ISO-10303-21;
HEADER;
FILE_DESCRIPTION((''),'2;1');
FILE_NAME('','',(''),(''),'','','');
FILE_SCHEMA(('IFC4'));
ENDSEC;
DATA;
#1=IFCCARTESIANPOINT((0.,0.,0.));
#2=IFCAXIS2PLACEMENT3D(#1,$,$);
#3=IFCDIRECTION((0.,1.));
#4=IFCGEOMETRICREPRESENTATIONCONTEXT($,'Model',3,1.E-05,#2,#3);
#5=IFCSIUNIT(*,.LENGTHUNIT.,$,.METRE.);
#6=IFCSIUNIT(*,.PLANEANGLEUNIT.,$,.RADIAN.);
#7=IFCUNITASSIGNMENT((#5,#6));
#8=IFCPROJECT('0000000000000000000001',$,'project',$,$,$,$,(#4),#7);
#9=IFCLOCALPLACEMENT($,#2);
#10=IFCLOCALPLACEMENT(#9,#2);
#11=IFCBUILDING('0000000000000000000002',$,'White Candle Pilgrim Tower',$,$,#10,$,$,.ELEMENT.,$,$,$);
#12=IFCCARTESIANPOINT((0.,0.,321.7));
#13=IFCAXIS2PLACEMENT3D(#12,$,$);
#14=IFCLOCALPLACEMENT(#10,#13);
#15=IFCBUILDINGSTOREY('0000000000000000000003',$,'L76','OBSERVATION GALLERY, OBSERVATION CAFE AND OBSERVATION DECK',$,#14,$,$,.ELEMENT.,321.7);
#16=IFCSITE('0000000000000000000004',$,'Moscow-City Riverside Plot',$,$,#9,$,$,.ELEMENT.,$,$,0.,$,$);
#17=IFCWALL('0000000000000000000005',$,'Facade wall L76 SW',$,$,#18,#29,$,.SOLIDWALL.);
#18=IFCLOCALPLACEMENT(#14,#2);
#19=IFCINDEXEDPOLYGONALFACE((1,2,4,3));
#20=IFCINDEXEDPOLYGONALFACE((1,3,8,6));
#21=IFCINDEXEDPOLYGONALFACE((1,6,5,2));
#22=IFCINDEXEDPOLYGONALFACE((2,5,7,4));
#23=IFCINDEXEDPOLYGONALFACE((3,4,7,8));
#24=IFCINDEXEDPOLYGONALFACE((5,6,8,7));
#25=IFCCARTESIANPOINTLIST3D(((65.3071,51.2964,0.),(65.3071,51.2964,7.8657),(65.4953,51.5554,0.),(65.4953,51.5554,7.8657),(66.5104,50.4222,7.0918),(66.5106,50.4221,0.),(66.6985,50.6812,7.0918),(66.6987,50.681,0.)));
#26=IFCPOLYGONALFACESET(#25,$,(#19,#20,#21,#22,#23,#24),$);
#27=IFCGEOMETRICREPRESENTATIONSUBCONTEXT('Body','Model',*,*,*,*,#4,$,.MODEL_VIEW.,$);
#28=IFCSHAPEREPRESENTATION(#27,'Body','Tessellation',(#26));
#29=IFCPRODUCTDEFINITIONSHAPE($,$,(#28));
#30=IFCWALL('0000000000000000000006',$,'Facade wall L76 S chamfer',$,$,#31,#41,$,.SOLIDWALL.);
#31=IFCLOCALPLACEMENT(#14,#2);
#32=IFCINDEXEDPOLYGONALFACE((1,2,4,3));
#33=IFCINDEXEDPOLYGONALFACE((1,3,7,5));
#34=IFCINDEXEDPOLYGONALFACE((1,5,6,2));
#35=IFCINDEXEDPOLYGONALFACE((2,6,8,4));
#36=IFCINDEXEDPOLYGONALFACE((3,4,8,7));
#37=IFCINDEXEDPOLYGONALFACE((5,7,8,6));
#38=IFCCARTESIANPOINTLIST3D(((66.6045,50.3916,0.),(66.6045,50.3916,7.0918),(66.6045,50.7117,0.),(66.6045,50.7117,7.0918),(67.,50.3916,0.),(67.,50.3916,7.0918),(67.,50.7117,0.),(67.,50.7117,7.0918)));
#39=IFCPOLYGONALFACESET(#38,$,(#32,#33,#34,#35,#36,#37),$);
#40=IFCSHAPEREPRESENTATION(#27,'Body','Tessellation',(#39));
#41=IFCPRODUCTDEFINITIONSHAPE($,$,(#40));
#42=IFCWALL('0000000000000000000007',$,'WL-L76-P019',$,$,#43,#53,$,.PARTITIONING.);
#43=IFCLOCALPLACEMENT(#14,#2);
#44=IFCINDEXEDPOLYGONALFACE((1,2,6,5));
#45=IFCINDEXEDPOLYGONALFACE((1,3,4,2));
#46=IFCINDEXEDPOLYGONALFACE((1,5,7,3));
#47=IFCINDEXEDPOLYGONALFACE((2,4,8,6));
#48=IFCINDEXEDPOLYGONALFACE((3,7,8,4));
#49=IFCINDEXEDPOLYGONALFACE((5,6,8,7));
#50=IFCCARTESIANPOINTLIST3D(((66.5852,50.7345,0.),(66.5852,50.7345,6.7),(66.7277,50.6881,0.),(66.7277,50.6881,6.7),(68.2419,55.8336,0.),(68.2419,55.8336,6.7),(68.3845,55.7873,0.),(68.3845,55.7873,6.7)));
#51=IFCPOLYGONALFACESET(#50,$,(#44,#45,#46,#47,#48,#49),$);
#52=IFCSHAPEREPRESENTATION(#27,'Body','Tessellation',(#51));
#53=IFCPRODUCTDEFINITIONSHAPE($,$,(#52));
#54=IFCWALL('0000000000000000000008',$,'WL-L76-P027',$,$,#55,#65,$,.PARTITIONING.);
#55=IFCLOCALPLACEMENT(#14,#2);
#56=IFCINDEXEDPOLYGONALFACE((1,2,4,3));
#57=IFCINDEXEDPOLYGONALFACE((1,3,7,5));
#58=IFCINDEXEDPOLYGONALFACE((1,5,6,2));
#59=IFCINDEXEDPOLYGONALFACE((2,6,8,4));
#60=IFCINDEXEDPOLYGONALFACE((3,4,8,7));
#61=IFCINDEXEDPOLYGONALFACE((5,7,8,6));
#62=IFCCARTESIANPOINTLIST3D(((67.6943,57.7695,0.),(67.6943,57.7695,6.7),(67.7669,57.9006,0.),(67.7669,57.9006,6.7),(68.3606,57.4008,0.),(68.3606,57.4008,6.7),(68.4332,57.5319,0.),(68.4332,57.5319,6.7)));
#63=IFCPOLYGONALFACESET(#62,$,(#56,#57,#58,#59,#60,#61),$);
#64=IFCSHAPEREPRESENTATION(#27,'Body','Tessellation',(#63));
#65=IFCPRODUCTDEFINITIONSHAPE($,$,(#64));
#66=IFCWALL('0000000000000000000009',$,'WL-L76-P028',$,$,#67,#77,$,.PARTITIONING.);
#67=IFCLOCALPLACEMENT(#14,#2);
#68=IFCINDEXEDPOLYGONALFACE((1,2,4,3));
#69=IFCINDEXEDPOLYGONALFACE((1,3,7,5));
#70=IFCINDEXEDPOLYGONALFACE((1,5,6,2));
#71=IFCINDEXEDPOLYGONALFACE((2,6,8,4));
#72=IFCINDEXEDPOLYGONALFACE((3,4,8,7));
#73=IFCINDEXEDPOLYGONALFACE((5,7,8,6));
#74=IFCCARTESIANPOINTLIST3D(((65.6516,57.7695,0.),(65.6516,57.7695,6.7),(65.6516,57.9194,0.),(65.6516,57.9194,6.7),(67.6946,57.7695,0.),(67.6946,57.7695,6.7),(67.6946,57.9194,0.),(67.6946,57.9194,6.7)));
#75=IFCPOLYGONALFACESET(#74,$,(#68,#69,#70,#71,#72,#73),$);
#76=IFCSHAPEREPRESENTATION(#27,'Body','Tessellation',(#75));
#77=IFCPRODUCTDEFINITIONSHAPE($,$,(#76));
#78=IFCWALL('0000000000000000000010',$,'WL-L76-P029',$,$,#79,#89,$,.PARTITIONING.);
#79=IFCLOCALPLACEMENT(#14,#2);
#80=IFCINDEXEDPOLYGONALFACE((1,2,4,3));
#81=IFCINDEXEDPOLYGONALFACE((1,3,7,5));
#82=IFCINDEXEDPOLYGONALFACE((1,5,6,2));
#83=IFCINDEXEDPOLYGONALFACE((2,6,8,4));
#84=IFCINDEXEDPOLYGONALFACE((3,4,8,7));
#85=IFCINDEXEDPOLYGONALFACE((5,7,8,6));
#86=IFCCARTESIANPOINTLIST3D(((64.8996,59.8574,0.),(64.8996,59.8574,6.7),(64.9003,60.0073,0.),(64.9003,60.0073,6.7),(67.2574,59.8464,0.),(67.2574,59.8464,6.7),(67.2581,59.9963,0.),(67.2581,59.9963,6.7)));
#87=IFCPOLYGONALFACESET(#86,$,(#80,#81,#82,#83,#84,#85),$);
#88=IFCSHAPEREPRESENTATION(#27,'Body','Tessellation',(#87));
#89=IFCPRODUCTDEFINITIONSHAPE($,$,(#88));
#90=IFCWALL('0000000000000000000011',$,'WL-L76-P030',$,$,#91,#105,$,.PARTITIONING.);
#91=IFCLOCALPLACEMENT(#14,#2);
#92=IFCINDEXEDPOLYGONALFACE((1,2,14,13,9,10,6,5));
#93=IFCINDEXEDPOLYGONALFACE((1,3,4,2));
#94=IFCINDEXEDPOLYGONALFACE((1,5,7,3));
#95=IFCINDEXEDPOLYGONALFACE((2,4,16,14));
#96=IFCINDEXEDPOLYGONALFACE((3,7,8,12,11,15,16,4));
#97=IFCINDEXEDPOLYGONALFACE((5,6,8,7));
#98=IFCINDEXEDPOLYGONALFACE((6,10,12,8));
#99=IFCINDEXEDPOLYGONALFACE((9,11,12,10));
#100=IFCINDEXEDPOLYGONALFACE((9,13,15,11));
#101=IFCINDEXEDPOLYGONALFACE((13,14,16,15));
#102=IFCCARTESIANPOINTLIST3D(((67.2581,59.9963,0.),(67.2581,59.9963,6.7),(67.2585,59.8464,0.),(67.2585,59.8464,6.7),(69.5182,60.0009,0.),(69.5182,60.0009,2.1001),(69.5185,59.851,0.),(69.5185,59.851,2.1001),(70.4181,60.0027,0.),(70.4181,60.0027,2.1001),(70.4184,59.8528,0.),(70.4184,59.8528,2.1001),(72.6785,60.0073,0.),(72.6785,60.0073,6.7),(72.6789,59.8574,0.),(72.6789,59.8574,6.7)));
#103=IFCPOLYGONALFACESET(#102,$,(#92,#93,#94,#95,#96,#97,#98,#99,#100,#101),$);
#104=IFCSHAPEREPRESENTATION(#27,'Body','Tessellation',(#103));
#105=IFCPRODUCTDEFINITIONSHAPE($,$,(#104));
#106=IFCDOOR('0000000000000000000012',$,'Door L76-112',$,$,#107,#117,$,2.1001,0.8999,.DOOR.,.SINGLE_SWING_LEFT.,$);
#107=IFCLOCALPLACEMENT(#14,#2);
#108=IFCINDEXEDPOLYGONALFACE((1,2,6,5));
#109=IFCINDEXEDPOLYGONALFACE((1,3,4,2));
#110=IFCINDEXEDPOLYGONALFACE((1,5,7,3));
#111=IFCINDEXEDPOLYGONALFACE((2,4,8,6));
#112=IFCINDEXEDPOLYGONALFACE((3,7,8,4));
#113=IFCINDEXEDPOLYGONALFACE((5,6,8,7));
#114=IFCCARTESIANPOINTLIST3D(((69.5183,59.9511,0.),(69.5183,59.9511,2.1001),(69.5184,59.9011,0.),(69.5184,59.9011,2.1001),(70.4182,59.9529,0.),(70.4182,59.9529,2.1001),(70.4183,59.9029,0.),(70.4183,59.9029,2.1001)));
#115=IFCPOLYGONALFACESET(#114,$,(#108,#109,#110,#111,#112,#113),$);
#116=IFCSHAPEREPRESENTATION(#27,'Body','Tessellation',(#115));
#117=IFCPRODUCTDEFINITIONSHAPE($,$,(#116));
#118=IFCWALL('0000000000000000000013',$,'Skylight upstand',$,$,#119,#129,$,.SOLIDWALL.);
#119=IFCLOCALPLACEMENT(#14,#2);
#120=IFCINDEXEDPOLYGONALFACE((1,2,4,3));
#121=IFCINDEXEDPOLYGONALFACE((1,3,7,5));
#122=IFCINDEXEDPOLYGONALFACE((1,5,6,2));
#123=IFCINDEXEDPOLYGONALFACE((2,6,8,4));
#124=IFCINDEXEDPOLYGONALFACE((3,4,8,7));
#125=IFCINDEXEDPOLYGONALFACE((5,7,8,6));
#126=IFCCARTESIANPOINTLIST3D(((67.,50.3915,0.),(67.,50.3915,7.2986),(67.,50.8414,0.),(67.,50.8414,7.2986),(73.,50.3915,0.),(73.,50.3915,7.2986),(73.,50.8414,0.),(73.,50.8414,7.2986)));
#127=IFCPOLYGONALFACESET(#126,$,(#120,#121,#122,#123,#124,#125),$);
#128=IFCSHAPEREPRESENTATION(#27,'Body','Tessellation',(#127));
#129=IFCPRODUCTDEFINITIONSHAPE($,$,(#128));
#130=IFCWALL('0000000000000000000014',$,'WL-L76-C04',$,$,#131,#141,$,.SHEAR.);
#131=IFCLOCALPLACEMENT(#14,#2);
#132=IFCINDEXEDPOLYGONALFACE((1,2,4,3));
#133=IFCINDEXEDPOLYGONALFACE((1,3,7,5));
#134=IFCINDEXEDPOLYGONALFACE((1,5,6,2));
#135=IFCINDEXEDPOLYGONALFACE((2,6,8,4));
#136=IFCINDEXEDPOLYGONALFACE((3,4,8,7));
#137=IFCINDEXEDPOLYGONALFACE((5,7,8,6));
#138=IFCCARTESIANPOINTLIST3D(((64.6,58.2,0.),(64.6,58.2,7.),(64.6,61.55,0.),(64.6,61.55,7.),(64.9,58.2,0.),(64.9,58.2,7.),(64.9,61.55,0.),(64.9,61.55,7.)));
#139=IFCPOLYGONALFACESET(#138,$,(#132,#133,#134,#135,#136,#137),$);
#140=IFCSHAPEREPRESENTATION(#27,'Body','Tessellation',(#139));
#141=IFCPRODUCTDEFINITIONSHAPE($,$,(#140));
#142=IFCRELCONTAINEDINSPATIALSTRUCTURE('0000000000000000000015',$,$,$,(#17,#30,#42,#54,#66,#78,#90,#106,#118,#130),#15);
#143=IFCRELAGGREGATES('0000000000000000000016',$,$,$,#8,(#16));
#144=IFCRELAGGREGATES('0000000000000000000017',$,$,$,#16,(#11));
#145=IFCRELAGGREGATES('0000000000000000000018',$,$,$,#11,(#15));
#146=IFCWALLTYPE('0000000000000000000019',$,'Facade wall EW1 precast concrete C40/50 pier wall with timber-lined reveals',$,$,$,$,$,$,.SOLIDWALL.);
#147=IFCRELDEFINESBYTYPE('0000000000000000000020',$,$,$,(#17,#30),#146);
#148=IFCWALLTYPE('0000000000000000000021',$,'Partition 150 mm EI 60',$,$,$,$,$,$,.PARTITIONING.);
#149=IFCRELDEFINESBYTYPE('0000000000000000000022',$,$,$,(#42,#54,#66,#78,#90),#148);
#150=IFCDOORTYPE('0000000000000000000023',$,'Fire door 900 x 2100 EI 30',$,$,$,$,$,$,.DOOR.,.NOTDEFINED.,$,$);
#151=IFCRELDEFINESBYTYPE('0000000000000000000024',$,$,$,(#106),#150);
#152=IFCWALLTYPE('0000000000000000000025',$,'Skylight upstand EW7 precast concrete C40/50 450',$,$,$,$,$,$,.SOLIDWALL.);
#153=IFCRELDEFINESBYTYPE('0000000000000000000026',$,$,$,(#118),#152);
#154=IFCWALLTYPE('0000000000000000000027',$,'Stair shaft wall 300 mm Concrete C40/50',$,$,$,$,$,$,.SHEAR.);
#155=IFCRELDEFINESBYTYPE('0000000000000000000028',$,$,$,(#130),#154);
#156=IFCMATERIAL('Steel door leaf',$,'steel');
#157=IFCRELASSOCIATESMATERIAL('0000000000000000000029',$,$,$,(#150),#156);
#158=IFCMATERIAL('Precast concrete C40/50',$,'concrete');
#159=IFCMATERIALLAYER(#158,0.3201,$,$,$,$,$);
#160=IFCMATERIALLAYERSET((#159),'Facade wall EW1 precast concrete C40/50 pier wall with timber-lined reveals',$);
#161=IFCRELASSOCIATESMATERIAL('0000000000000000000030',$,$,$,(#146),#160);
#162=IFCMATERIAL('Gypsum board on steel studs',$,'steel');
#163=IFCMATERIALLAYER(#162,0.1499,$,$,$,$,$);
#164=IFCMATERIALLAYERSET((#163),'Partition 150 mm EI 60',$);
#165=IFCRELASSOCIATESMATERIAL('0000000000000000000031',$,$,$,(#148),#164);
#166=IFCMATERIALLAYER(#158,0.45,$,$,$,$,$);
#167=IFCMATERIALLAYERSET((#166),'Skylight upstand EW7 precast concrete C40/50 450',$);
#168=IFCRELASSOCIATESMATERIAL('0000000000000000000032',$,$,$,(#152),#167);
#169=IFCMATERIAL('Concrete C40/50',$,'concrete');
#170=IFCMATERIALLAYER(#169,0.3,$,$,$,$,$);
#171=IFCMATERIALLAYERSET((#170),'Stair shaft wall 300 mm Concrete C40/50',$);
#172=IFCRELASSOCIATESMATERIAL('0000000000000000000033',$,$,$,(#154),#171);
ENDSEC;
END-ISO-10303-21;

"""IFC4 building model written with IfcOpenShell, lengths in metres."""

from ifc_helpers import new_model, si_unit, direction, frame, frame_2d, origin, place, context, subcontext, project, spatial, polyline, rectangle, outline, extrude, material, layer, layer_set, type_object, element, fill, save


model = new_model("IFC4")

# Units and contexts
model_context = context("Model", 3, precision=1e-05, world=origin(), true_north=direction((0.0, 1.0)))
body_context = subcontext(model_context, "Body", "Model", "MODEL_VIEW")
ifc_project = project(units=[si_unit("LENGTHUNIT", "METRE"), si_unit("PLANEANGLEUNIT", "RADIAN")], contexts=[model_context])

# Site, building, storey
site_placement = place(None, origin())
site = spatial("IfcSite", under=ifc_project, at=site_placement, Name="Moscow-City Riverside Plot", CompositionType="ELEMENT", RefElevation=0.0)
building_placement = place(site_placement, origin())
building = spatial("IfcBuilding", under=site, at=building_placement, Name="White Candle Pilgrim Tower", CompositionType="ELEMENT")
storey_placement = place(building_placement, frame((0.0, 0.0, 321.7)))
storey = spatial("IfcBuildingStorey", under=building, at=storey_placement, Name="L76", Description="OBSERVATION GALLERY, OBSERVATION CAFE AND OBSERVATION DECK", CompositionType="ELEMENT", Elevation=321.7)

# Shared definitions
ifc_material_1 = material(Name="Gypsum board on steel studs", Category="steel")
ifc_material_2 = material(Name="Steel door leaf", Category="steel")
door_type = type_object("IfcDoorType", Name="Fire door 900 x 2100 EI 30", OperationType="NOTDEFINED", PredefinedType="DOOR", material=ifc_material_2)

# Walls
ifc_material_3 = material(Name="Precast concrete C40/50", Category="concrete")
ifc_layer_1 = layer(ifc_material_3, 0.3201)
ifc_layer_set_1 = layer_set([ifc_layer_1], Name="Facade wall EW1 precast concrete C40/50 pier wall with timber-lined reveals")
wall_type_1 = type_object("IfcWallType", Name="Facade wall EW1 precast concrete C40/50 pier wall with timber-lined reveals", PredefinedType="SOLIDWALL", material=ifc_layer_set_1)
wall_1_placement = place(storey_placement, frame((65.4011, 51.4258, 0.0), z_axis=(0.0, 0.0, 1.0), x_axis=(0.809027, -0.587771, 0.0)))
element("IfcWall", 1, at=wall_1_placement, inside=storey, type_object=wall_type_1, Name="Facade wall L76 SW", PredefinedType="SOLIDWALL", context=body_context, shape_type="SweptSolid", body=[
    extrude(outline(polyline([(0.0, 0.0), (1.4875, 0.0), (1.4873, 7.0918), (0.0, 7.8657), (0.0, 0.0)])), frame((0.0, 0.1602, 0.0), z_axis=(0.0, -1.0, 0.0), x_axis=(1.0, 0.0, 0.0)), (0.0, 0.0, 1.0), 0.3201),
])
wall_2_placement = place(storey_placement, frame((66.6045, 50.5515, 0.0), z_axis=(0.0, 0.0, 1.0), x_axis=(1.0, 0.0, 0.0)))
element("IfcWall", 2, at=wall_2_placement, inside=storey, type_object=wall_type_1, Name="Facade wall L76 S chamfer", PredefinedType="SOLIDWALL", context=body_context, shape_type="SweptSolid", body=[
    extrude(outline(polyline([(0.0, 0.0), (0.3955, 0.0), (0.3955, 7.0918), (0.0, 7.0918), (0.0, 0.0)])), frame((0.0, 0.1602, 0.0), z_axis=(0.0, -1.0, 0.0), x_axis=(1.0, 0.0, 0.0)), (0.0, 0.0, 1.0), 0.3201),
])
ifc_layer_2 = layer(ifc_material_1, 0.1499)
ifc_layer_set_2 = layer_set([ifc_layer_2], Name="Partition 150 mm EI 60")
wall_type_2 = type_object("IfcWallType", Name="Partition 150 mm EI 60", PredefinedType="PARTITIONING", material=ifc_layer_set_2)
wall_3_placement = place(storey_placement, frame((66.6565, 50.7114, 0.0), z_axis=(0.0, 0.0, 1.0), x_axis=(0.309006, 0.95106, 0.0)))
element("IfcWall", 3, at=wall_3_placement, inside=storey, type_object=wall_type_2, Name="WL-L76-P019", PredefinedType="PARTITIONING", context=body_context, shape_type="SweptSolid", body=[
    extrude(rectangle(XDim=5.3616, YDim=0.1499, at=frame_2d((2.6807, 0.0))), origin(), (0.0, 0.0, 1.0), 6.7),
])
wall_4_placement = place(storey_placement, frame((68.397, 57.4663, 0.0), z_axis=(0.0, 0.0, 1.0), x_axis=(-0.874988, 0.484145, 0.0)))
element("IfcWall", 4, at=wall_4_placement, inside=storey, type_object=wall_type_2, Name="WL-L76-P027", PredefinedType="PARTITIONING", context=body_context, shape_type="SweptSolid", body=[
    extrude(rectangle(XDim=0.7615, YDim=0.1499, at=frame_2d((0.3809, 0.0))), origin(), (0.0, 0.0, 1.0), 6.7),
])
wall_5_placement = place(storey_placement, frame((67.6946, 57.8445, 0.0), z_axis=(0.0, 0.0, 1.0), x_axis=(-1.0, 0.0, 0.0)))
element("IfcWall", 5, at=wall_5_placement, inside=storey, type_object=wall_type_2, Name="WL-L76-P028", PredefinedType="PARTITIONING", context=body_context, shape_type="SweptSolid", body=[
    extrude(rectangle(XDim=2.043, YDim=0.1499, at=frame_2d((1.0215, 0.0))), origin(), (0.0, 0.0, 1.0), 6.7),
])
wall_6_placement = place(storey_placement, frame((64.8999, 59.9324, 0.0), z_axis=(0.0, 0.0, 1.0), x_axis=(0.999989, -0.004659, 0.0)))
element("IfcWall", 6, at=wall_6_placement, inside=storey, type_object=wall_type_2, Name="WL-L76-P029", PredefinedType="PARTITIONING", context=body_context, shape_type="SweptSolid", body=[
    extrude(rectangle(XDim=2.3579, YDim=0.1499, at=frame_2d((1.179, 0.0))), origin(), (0.0, 0.0, 1.0), 6.7),
])

# Wall, opening, door
wall_7_placement = place(storey_placement, frame((67.2583, 59.9214, 0.0), z_axis=(0.0, 0.0, 1.0), x_axis=(0.999998, 0.002027, 0.0)))
wall_7 = element("IfcWall", 7, at=wall_7_placement, inside=storey, type_object=wall_type_2, Name="WL-L76-P030", PredefinedType="PARTITIONING", context=body_context, shape_type="SweptSolid", body=[
    extrude(rectangle(XDim=5.4204, YDim=0.1499, at=frame_2d((2.7102, 0.0))), origin(), (0.0, 0.0, 1.0), 6.7),
])
opening_1_placement = place(wall_7_placement, frame((2.26, 0.0, 0.0)))
opening_1 = element("IfcOpeningElement", 8, at=opening_1_placement, cuts=wall_7, PredefinedType="OPENING", context=body_context, shape_type="SweptSolid", body=[
    extrude(rectangle(XDim=0.8999, YDim=2.1001, at=frame_2d((0.45, 1.05))), frame((0.0, 0.085, 0.0), z_axis=(0.0, -1.0, 0.0), x_axis=(1.0, 0.0, 0.0)), (0.0, 0.0, 1.0), 0.1699),
])
door_1_placement = place(opening_1_placement, frame((0.8999, 0.0, 0.0), z_axis=(0.0, 0.0, 1.0), x_axis=(-1.0, 0.0, 0.0)))
door_1 = element("IfcDoor", 9, at=door_1_placement, inside=storey, type_object=door_type, Name="Door L76-112", OperationType="SINGLE_SWING_LEFT", OverallHeight=2.1001, OverallWidth=0.8999, PredefinedType="DOOR", context=body_context, shape_type="SweptSolid", body=[
    extrude(rectangle(XDim=0.8999, YDim=2.1001, at=frame_2d((0.45, 1.05))), frame((0.0, 0.0249, 0.0), z_axis=(0.0, -1.0, 0.0), x_axis=(1.0, 0.0, 0.0)), (0.0, 0.0, 1.0), 0.05),
])
fill(opening_1, door_1)

# Walls
ifc_layer_3 = layer(ifc_material_3, 0.45)
ifc_layer_set_3 = layer_set([ifc_layer_3], Name="Skylight upstand EW7 precast concrete C40/50 450")
wall_type_3 = type_object("IfcWallType", Name="Skylight upstand EW7 precast concrete C40/50 450", PredefinedType="SOLIDWALL", material=ifc_layer_set_3)
wall_8_placement = place(storey_placement, frame((67.0, 50.6165, 0.0), z_axis=(0.0, 0.0, 1.0), x_axis=(1.0, 0.0, 0.0)))
element("IfcWall", 10, at=wall_8_placement, inside=storey, type_object=wall_type_3, Name="Skylight upstand", PredefinedType="SOLIDWALL", context=body_context, shape_type="SweptSolid", body=[
    extrude(rectangle(XDim=6.0, YDim=0.45, at=frame_2d((3.0, 0.0))), origin(), (0.0, 0.0, 1.0), 7.2986),
])
ifc_material_4 = material(Name="Concrete C40/50", Category="concrete")
ifc_layer_4 = layer(ifc_material_4, 0.3)
ifc_layer_set_4 = layer_set([ifc_layer_4], Name="Stair shaft wall 300 mm Concrete C40/50")
wall_type_4 = type_object("IfcWallType", Name="Stair shaft wall 300 mm Concrete C40/50", PredefinedType="SHEAR", material=ifc_layer_set_4)
wall_9_placement = place(storey_placement, frame((64.75, 58.2, 0.0), z_axis=(0.0, 0.0, 1.0), x_axis=(0.0, 1.0, 0.0)))
element("IfcWall", 11, at=wall_9_placement, inside=storey, type_object=wall_type_4, Name="WL-L76-C04", PredefinedType="SHEAR", context=body_context, shape_type="SweptSolid", body=[
    extrude(rectangle(XDim=3.3501, YDim=0.3, at=frame_2d((1.675, 0.0))), origin(), (0.0, 0.0, 1.0), 7.0),
])

save(model, "model.ifc")
